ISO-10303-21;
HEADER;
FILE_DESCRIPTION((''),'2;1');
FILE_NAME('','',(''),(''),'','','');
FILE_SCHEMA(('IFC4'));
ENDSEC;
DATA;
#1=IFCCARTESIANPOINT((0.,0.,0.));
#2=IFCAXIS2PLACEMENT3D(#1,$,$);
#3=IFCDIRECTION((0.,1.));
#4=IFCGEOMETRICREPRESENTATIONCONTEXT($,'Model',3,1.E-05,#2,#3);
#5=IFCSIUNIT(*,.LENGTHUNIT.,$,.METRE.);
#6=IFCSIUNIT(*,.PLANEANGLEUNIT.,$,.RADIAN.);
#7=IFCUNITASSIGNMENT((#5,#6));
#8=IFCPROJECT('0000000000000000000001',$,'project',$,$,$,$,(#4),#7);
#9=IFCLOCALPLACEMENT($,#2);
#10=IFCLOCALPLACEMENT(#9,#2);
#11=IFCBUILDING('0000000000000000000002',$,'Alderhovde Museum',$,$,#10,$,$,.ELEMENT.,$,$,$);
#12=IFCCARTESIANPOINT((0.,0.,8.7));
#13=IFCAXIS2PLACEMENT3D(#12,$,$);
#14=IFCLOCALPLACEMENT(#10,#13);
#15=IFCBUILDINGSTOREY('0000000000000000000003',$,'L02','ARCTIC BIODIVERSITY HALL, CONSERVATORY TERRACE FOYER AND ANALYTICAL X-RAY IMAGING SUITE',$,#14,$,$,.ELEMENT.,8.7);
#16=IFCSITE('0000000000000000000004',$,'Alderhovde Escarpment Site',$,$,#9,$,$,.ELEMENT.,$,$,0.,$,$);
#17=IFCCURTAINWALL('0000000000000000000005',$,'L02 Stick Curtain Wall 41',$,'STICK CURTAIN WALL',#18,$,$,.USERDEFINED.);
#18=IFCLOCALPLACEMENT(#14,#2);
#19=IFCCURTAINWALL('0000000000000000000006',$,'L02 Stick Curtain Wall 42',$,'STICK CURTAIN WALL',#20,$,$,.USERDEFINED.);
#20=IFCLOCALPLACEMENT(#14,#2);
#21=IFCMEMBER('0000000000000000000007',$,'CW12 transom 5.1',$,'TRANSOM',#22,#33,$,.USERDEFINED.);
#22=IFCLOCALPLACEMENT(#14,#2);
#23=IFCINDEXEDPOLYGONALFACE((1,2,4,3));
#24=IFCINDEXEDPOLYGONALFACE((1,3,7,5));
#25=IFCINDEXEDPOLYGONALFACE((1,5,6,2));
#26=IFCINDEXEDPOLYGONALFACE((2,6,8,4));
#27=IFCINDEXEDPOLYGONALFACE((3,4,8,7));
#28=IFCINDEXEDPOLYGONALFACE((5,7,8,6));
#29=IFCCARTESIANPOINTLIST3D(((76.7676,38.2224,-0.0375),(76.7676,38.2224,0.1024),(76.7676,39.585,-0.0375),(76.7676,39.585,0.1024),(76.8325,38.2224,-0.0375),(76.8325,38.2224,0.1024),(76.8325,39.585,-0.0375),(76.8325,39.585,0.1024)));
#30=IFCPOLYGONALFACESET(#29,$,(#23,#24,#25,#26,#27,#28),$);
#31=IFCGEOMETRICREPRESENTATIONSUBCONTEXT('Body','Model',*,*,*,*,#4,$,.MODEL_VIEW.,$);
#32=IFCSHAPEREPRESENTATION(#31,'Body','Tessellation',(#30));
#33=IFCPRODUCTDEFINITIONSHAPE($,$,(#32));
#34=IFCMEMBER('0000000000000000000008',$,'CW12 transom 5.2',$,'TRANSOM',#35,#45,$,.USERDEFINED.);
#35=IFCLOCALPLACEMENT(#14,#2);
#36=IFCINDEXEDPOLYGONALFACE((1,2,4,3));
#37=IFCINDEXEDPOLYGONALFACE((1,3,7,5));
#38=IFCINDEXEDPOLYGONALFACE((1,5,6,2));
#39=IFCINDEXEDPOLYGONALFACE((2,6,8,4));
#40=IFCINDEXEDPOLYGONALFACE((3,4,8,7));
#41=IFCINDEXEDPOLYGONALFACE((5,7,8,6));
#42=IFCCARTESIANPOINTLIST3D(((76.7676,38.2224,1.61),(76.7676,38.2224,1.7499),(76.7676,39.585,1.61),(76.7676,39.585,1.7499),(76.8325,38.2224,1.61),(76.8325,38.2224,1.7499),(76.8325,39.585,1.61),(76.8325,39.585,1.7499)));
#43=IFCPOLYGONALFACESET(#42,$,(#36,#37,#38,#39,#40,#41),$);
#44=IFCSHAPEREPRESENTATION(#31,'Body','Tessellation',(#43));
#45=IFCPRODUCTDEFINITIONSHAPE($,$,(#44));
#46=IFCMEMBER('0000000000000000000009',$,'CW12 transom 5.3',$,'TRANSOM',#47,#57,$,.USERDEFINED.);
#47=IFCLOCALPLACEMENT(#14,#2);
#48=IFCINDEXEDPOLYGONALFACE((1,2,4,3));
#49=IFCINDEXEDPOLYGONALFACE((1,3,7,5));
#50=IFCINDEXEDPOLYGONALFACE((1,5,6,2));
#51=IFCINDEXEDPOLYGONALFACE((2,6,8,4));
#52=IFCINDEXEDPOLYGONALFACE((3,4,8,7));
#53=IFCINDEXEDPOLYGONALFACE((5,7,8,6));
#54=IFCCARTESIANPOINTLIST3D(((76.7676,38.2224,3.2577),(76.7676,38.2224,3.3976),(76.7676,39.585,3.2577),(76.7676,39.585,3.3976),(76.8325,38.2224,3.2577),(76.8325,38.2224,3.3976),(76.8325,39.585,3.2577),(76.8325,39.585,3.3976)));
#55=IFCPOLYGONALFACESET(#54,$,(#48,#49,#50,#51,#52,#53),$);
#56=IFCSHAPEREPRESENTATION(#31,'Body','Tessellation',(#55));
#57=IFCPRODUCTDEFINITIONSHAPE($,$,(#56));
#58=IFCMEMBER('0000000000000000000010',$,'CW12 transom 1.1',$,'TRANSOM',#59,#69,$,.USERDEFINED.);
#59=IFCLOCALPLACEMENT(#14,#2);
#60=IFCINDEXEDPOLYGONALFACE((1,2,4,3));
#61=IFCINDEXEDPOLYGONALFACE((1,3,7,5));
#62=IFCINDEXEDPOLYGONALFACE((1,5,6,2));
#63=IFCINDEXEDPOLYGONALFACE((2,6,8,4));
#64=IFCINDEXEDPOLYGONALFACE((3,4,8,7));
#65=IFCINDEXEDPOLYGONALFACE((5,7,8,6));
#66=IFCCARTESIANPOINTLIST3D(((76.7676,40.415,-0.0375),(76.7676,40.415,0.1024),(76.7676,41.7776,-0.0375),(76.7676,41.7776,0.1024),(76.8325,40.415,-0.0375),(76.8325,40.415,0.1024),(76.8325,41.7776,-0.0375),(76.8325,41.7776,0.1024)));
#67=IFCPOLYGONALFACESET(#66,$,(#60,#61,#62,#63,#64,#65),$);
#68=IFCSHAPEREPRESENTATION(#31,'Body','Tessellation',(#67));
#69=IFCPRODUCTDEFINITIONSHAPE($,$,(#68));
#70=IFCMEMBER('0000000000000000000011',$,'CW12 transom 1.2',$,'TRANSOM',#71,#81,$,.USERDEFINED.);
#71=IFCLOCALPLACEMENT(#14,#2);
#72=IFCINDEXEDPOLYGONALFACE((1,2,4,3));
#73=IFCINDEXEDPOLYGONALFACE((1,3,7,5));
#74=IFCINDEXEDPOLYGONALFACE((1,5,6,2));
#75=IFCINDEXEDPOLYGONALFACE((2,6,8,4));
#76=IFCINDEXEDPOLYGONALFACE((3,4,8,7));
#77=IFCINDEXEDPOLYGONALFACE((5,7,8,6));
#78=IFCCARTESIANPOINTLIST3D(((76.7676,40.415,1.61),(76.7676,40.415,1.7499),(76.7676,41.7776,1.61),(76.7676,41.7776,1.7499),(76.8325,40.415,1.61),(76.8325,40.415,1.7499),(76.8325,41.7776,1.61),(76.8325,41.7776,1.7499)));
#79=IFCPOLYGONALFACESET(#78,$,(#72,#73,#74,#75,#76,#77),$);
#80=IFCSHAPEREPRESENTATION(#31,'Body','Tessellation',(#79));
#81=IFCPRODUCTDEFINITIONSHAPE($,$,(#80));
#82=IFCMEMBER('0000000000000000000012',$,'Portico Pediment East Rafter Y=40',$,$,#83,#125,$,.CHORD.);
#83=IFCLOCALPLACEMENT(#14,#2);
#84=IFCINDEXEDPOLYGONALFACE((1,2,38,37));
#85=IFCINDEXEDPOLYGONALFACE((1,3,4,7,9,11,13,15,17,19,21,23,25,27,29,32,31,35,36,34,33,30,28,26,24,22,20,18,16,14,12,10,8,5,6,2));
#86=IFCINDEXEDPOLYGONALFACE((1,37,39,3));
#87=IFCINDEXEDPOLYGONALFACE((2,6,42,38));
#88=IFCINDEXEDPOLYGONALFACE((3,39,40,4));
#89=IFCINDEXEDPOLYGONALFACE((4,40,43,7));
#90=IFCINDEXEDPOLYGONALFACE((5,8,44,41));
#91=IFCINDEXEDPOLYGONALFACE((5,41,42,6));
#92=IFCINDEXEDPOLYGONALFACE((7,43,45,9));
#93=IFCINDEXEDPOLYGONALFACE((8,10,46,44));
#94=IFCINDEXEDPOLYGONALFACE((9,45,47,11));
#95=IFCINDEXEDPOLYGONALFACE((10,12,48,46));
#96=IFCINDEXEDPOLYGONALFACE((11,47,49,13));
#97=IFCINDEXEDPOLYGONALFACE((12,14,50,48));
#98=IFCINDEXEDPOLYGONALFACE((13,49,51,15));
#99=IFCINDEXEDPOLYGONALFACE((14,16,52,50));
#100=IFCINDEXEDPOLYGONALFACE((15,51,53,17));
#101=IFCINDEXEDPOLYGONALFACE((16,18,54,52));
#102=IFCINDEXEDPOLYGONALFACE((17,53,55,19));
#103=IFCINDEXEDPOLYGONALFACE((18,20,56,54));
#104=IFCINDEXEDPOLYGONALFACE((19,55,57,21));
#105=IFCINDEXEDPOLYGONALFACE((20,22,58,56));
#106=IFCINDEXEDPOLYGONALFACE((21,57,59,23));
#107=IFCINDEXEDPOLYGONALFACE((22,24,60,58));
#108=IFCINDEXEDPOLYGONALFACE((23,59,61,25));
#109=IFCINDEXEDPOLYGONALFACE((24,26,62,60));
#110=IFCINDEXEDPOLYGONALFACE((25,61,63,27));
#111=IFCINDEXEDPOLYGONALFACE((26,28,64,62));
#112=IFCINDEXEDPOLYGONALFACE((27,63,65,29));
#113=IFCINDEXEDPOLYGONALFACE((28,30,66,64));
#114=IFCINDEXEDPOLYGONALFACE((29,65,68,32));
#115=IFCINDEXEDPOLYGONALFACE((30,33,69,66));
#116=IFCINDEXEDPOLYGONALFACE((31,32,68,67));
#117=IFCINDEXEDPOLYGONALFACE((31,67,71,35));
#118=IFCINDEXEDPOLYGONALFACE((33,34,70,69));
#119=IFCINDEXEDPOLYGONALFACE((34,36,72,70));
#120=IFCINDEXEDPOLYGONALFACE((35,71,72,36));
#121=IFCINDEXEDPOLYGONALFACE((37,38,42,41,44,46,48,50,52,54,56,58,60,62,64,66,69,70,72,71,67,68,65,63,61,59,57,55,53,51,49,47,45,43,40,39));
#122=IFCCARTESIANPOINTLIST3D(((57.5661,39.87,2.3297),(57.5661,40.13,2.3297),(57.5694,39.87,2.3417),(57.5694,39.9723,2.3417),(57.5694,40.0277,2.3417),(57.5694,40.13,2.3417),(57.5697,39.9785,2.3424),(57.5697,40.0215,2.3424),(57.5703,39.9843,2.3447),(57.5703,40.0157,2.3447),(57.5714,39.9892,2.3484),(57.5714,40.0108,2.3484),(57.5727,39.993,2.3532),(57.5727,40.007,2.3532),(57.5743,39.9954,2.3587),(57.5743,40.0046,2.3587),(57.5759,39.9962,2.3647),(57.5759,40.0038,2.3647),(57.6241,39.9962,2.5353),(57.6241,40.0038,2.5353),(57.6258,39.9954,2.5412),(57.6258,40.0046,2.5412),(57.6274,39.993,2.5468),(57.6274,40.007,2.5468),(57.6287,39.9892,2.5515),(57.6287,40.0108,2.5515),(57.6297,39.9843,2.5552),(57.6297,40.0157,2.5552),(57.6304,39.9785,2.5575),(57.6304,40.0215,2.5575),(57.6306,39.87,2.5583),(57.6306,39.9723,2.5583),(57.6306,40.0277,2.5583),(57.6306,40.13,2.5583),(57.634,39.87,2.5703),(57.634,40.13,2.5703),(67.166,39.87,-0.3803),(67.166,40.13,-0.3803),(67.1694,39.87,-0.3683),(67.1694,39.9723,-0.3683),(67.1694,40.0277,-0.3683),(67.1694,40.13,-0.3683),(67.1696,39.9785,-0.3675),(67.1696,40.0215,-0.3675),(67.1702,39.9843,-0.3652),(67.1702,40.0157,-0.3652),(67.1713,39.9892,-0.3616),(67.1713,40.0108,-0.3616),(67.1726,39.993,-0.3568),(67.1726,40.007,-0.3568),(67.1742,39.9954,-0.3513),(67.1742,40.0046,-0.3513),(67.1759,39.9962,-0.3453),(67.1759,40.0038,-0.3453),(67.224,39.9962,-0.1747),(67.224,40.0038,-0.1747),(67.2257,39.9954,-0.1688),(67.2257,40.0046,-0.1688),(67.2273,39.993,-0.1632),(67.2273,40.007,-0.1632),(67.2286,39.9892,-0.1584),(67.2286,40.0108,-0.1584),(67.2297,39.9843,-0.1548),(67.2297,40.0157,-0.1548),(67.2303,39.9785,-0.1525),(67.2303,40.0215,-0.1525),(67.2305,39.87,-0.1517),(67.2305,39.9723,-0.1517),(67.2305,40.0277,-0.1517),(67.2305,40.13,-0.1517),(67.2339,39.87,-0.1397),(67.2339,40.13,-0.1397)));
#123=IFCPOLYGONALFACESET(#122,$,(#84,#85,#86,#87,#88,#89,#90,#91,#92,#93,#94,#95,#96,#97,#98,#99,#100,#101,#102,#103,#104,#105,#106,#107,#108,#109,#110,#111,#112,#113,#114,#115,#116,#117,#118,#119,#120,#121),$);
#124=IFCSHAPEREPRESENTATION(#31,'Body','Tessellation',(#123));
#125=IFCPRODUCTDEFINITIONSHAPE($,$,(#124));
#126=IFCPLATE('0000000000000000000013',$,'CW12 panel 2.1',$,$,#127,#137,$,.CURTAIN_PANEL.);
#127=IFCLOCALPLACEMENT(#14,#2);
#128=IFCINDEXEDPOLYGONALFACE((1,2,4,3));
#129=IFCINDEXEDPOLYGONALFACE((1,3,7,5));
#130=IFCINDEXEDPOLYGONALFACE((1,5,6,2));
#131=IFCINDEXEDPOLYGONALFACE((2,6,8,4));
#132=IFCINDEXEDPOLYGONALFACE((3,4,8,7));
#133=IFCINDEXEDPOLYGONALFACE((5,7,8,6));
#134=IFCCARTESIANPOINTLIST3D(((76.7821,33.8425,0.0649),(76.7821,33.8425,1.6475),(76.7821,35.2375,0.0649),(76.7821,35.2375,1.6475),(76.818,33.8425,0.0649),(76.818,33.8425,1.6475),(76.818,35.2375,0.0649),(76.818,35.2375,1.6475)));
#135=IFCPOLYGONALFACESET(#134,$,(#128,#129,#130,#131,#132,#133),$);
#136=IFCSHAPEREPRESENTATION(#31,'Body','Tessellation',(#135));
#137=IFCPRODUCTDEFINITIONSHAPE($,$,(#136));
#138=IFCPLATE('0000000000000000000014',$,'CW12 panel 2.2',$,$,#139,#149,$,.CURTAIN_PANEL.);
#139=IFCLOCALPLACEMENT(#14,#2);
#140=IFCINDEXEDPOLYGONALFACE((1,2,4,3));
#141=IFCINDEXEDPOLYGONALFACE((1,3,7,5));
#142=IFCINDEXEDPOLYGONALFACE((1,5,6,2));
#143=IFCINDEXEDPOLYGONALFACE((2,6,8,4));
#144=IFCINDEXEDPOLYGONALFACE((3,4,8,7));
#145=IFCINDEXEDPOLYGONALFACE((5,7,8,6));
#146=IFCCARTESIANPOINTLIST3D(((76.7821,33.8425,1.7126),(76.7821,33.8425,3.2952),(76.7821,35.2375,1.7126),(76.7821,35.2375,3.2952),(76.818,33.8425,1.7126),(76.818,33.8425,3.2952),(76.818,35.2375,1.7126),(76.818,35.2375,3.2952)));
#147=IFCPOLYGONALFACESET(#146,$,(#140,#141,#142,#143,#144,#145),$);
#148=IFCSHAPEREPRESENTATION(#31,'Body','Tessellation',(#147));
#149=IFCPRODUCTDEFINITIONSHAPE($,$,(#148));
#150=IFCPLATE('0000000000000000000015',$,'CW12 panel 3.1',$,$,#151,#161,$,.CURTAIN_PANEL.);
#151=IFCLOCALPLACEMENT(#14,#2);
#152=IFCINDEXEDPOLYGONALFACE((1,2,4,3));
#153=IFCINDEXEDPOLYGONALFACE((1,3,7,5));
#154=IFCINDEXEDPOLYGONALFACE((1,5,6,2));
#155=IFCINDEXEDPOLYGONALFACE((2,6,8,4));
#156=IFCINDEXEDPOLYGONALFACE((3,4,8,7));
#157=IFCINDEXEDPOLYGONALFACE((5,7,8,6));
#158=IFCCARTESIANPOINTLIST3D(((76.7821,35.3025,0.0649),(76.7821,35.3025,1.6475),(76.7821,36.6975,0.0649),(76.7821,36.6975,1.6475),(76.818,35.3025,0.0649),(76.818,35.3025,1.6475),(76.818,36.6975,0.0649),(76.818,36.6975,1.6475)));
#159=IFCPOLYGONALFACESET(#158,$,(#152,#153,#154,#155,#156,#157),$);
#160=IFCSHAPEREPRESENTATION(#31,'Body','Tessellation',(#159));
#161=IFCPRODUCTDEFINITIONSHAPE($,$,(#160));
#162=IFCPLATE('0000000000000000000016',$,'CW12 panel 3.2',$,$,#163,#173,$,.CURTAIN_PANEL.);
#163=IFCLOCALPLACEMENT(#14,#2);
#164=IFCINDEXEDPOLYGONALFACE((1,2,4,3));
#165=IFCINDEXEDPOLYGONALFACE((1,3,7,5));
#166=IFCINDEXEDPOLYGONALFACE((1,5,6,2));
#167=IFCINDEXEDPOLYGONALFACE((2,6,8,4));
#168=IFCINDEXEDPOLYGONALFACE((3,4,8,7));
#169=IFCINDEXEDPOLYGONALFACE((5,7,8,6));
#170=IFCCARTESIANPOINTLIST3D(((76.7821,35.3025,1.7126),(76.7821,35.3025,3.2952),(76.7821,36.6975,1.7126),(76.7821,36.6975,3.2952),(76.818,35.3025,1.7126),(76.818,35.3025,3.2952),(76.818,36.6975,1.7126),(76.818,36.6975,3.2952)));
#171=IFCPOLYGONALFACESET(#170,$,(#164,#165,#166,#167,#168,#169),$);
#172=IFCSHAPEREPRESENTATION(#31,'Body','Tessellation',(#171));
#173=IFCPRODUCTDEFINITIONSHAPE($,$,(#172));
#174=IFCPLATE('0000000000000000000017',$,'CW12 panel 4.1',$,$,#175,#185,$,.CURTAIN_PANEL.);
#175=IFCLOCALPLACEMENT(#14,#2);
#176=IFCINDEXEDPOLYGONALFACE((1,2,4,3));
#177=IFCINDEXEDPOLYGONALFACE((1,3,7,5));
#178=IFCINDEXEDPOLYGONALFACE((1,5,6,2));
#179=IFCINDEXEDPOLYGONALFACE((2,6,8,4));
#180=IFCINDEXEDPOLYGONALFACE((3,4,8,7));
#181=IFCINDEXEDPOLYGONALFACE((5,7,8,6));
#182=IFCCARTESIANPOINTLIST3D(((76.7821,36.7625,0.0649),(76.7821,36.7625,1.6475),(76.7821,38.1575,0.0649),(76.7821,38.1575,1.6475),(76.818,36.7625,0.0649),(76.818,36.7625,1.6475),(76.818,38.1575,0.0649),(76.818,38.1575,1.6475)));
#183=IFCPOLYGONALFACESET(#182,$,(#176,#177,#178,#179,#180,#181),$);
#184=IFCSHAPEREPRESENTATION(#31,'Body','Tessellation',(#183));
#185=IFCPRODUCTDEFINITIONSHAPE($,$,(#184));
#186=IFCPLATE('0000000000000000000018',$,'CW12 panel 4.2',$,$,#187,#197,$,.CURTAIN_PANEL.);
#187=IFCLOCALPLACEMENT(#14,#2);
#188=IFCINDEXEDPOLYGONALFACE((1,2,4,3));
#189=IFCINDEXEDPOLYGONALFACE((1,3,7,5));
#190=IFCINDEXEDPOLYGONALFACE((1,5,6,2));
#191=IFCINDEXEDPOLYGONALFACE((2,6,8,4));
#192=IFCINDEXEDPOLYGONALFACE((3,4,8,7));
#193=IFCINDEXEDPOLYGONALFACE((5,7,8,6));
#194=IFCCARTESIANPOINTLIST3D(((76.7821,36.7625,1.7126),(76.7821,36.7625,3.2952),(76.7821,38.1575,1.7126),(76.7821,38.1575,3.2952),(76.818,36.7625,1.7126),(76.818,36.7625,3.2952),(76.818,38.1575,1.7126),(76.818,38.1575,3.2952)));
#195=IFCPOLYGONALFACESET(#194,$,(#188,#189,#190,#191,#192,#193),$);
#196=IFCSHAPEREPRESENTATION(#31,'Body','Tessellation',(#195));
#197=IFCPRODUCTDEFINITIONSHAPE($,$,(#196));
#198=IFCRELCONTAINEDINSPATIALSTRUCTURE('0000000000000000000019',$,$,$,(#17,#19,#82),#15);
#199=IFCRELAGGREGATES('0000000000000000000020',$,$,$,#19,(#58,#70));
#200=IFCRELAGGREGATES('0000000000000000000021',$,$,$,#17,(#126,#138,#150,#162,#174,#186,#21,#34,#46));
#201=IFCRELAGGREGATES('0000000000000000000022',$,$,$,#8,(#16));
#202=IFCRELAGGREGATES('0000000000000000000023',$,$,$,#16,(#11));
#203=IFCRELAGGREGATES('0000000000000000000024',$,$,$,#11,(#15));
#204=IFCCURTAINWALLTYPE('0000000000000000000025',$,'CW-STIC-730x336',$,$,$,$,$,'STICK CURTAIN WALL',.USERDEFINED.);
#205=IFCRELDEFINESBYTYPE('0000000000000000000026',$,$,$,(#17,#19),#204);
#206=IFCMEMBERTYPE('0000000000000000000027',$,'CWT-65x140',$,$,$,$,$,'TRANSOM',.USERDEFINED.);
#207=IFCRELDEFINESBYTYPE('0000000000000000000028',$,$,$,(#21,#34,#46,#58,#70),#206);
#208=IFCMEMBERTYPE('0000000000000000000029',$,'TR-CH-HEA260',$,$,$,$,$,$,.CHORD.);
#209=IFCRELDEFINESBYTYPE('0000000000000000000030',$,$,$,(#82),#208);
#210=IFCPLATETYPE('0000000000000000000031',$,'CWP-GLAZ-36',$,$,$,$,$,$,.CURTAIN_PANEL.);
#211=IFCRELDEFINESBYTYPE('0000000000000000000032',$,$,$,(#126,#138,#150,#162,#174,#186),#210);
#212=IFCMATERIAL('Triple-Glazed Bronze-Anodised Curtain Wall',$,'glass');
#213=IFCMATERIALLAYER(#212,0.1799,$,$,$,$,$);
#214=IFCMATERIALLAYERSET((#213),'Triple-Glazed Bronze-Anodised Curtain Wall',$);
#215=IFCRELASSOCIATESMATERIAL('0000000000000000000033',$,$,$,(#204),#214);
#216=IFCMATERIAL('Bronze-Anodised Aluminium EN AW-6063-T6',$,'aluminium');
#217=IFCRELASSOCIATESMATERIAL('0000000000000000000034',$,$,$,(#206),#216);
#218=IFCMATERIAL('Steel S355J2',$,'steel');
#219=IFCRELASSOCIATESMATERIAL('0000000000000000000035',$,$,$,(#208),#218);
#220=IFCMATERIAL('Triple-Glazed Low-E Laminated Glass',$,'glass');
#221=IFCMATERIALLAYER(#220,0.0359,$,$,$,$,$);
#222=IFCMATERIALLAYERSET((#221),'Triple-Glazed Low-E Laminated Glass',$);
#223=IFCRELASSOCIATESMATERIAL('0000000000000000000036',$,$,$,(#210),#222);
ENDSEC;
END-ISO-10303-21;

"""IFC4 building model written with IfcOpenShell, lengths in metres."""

from ifc_helpers import new_model, si_unit, direction, frame, origin, origin_2d, place, context, subcontext, project, spatial, rectangle, i_section, extrude, material, layer, layer_set, material_profile, profile_set, type_object, element, aggregate, save


model = new_model("IFC4")

# Units and contexts
model_context = context("Model", 3, precision=1e-05, world=origin(), true_north=direction((0.0, 1.0)))
body_context = subcontext(model_context, "Body", "Model", "MODEL_VIEW")
ifc_project = project(units=[si_unit("LENGTHUNIT", "METRE"), si_unit("PLANEANGLEUNIT", "RADIAN")], contexts=[model_context])

# Site, building, storey
site_placement = place(None, origin())
site = spatial("IfcSite", under=ifc_project, at=site_placement, Name="Alderhovde Escarpment Site", CompositionType="ELEMENT", RefElevation=0.0)
building_placement = place(site_placement, origin())
building = spatial("IfcBuilding", under=site, at=building_placement, Name="Alderhovde Museum", CompositionType="ELEMENT")
storey_placement = place(building_placement, frame((0.0, 0.0, 8.7)))
storey = spatial("IfcBuildingStorey", under=building, at=storey_placement, Name="L02", Description="ARCTIC BIODIVERSITY HALL, CONSERVATORY TERRACE FOYER AND ANALYTICAL X-RAY IMAGING SUITE", CompositionType="ELEMENT", Elevation=8.7)

# Curtain wall
ifc_material_1 = material(Name="Triple-Glazed Bronze-Anodised Curtain Wall", Category="glass")
ifc_layer_1 = layer(ifc_material_1, 0.1799)
ifc_layer_set_1 = layer_set([ifc_layer_1], Name="Triple-Glazed Bronze-Anodised Curtain Wall")
curtain_wall_type = type_object("IfcCurtainWallType", Name="CW-STIC-730x336", ElementType="STICK CURTAIN WALL", PredefinedType="USERDEFINED", material=ifc_layer_set_1)
curtain_wall_1_placement = place(storey_placement, origin())
curtain_wall_1 = element("IfcCurtainWall", 1, at=curtain_wall_1_placement, inside=storey, type_object=curtain_wall_type, Name="L02 Stick Curtain Wall 41", ObjectType="STICK CURTAIN WALL", PredefinedType="USERDEFINED")

# Curtain wall
curtain_wall_2_placement = place(storey_placement, origin())
curtain_wall_2 = element("IfcCurtainWall", 2, at=curtain_wall_2_placement, inside=storey, type_object=curtain_wall_type, Name="L02 Stick Curtain Wall 42", ObjectType="STICK CURTAIN WALL", PredefinedType="USERDEFINED")

# Members
ifc_material_2 = material(Name="Bronze-Anodised Aluminium EN AW-6063-T6", Category="aluminium")
ifc_material_profile_1 = material_profile(ifc_material_2, rectangle(XDim=0.0649, YDim=0.1399, at=origin_2d()), Name="TRANSOM 65x140")
ifc_profile_set_1 = profile_set([ifc_material_profile_1], Name="Bronze-Anodised Aluminium EN AW-6063-T6")
member_type_1 = type_object("IfcMemberType", Name="CWT-65x140", ElementType="TRANSOM", PredefinedType="USERDEFINED", material=ifc_profile_set_1)
member_1_placement = place(storey_placement, frame((76.8, 38.2224, 0.0325), z_axis=(0.0, 1.0, 0.0), x_axis=(-1.0, 0.0, 0.0)))
member_1 = element("IfcMember", 3, at=member_1_placement, type_object=member_type_1, Name="CW12 transom 5.1", ObjectType="TRANSOM", PredefinedType="USERDEFINED", context=body_context, shape_type="SweptSolid", body=[
    extrude(rectangle(XDim=0.0649, YDim=0.1399, at=origin_2d()), origin(), (0.0, 0.0, 1.0), 1.3625),
])
member_2_placement = place(storey_placement, frame((76.8, 38.2224, 1.6799), z_axis=(0.0, 1.0, 0.0), x_axis=(-1.0, 0.0, 0.0)))
member_2 = element("IfcMember", 4, at=member_2_placement, type_object=member_type_1, Name="CW12 transom 5.2", ObjectType="TRANSOM", PredefinedType="USERDEFINED", context=body_context, shape_type="SweptSolid", body=[
    extrude(rectangle(XDim=0.0649, YDim=0.1399, at=origin_2d()), origin(), (0.0, 0.0, 1.0), 1.3625),
])
member_3_placement = place(storey_placement, frame((76.8, 38.2224, 3.3276), z_axis=(0.0, 1.0, 0.0), x_axis=(-1.0, 0.0, 0.0)))
member_3 = element("IfcMember", 5, at=member_3_placement, type_object=member_type_1, Name="CW12 transom 5.3", ObjectType="TRANSOM", PredefinedType="USERDEFINED", context=body_context, shape_type="SweptSolid", body=[
    extrude(rectangle(XDim=0.0649, YDim=0.1399, at=origin_2d()), origin(), (0.0, 0.0, 1.0), 1.3625),
])
member_4_placement = place(storey_placement, frame((76.8, 40.415, 0.0325), z_axis=(0.0, 1.0, 0.0), x_axis=(-1.0, 0.0, 0.0)))
member_4 = element("IfcMember", 6, at=member_4_placement, type_object=member_type_1, Name="CW12 transom 1.1", ObjectType="TRANSOM", PredefinedType="USERDEFINED", context=body_context, shape_type="SweptSolid", body=[
    extrude(rectangle(XDim=0.0649, YDim=0.1399, at=origin_2d()), origin(), (0.0, 0.0, 1.0), 1.3625),
])
member_5_placement = place(storey_placement, frame((76.8, 40.415, 1.6799), z_axis=(0.0, 1.0, 0.0), x_axis=(-1.0, 0.0, 0.0)))
member_5 = element("IfcMember", 7, at=member_5_placement, type_object=member_type_1, Name="CW12 transom 1.2", ObjectType="TRANSOM", PredefinedType="USERDEFINED", context=body_context, shape_type="SweptSolid", body=[
    extrude(rectangle(XDim=0.0649, YDim=0.1399, at=origin_2d()), origin(), (0.0, 0.0, 1.0), 1.3625),
])
aggregate(curtain_wall_2, [member_4, member_5])
ifc_material_3 = material(Name="Steel S355J2", Category="steel")
ifc_material_profile_2 = material_profile(ifc_material_3, i_section(OverallWidth=0.26, OverallDepth=0.25, WebThickness=0.0076, FlangeThickness=0.0125, FilletRadius=0.0239, at=origin_2d()), Name="HEA 260")
ifc_profile_set_2 = profile_set([ifc_material_profile_2], Name="Steel S355J2")
member_type_2 = type_object("IfcMemberType", Name="TR-CH-HEA260", PredefinedType="CHORD", material=ifc_profile_set_2)
member_6_placement = place(storey_placement, frame((67.2, 40.0, -0.26), z_axis=(-0.962389, 0.0, 0.271675), x_axis=(0.0, -1.0, 0.0)))
element("IfcMember", 8, at=member_6_placement, inside=storey, type_object=member_type_2, Name="Portico Pediment East Rafter Y=40", PredefinedType="CHORD", context=body_context, shape_type="SweptSolid", body=[
    extrude(i_section(OverallWidth=0.26, OverallDepth=0.25, WebThickness=0.0076, FlangeThickness=0.0125, FilletRadius=0.0239, at=origin_2d()), origin(), (0.0, 0.0, 1.0), 9.9751),
])

# Plates
ifc_material_4 = material(Name="Triple-Glazed Low-E Laminated Glass", Category="glass")
ifc_layer_2 = layer(ifc_material_4, 0.0359)
ifc_layer_set_2 = layer_set([ifc_layer_2], Name="Triple-Glazed Low-E Laminated Glass")
plate_type = type_object("IfcPlateType", Name="CWP-GLAZ-36", PredefinedType="CURTAIN_PANEL", material=ifc_layer_set_2)
plate_1_placement = place(storey_placement, frame((76.8, 34.54, 0.0649), z_axis=(0.0, 0.0, 1.0), x_axis=(0.0, 1.0, 0.0)))
plate_1 = element("IfcPlate", 9, at=plate_1_placement, type_object=plate_type, Name="CW12 panel 2.1", PredefinedType="CURTAIN_PANEL", context=body_context, shape_type="SweptSolid", body=[
    extrude(rectangle(XDim=1.395, YDim=0.0359, at=origin_2d()), origin(), (0.0, 0.0, 1.0), 1.5825),
])
plate_2_placement = place(storey_placement, frame((76.8, 34.54, 1.7126), z_axis=(0.0, 0.0, 1.0), x_axis=(0.0, 1.0, 0.0)))
plate_2 = element("IfcPlate", 10, at=plate_2_placement, type_object=plate_type, Name="CW12 panel 2.2", PredefinedType="CURTAIN_PANEL", context=body_context, shape_type="SweptSolid", body=[
    extrude(rectangle(XDim=1.395, YDim=0.0359, at=origin_2d()), origin(), (0.0, 0.0, 1.0), 1.5825),
])
plate_3_placement = place(storey_placement, frame((76.8, 36.0, 0.0649), z_axis=(0.0, 0.0, 1.0), x_axis=(0.0, 1.0, 0.0)))
plate_3 = element("IfcPlate", 11, at=plate_3_placement, type_object=plate_type, Name="CW12 panel 3.1", PredefinedType="CURTAIN_PANEL", context=body_context, shape_type="SweptSolid", body=[
    extrude(rectangle(XDim=1.395, YDim=0.0359, at=origin_2d()), origin(), (0.0, 0.0, 1.0), 1.5825),
])
plate_4_placement = place(storey_placement, frame((76.8, 36.0, 1.7126), z_axis=(0.0, 0.0, 1.0), x_axis=(0.0, 1.0, 0.0)))
plate_4 = element("IfcPlate", 12, at=plate_4_placement, type_object=plate_type, Name="CW12 panel 3.2", PredefinedType="CURTAIN_PANEL", context=body_context, shape_type="SweptSolid", body=[
    extrude(rectangle(XDim=1.395, YDim=0.0359, at=origin_2d()), origin(), (0.0, 0.0, 1.0), 1.5825),
])
plate_5_placement = place(storey_placement, frame((76.8, 37.46, 0.0649), z_axis=(0.0, 0.0, 1.0), x_axis=(0.0, 1.0, 0.0)))
plate_5 = element("IfcPlate", 13, at=plate_5_placement, type_object=plate_type, Name="CW12 panel 4.1", PredefinedType="CURTAIN_PANEL", context=body_context, shape_type="SweptSolid", body=[
    extrude(rectangle(XDim=1.395, YDim=0.0359, at=origin_2d()), origin(), (0.0, 0.0, 1.0), 1.5825),
])
plate_6_placement = place(storey_placement, frame((76.8, 37.46, 1.7126), z_axis=(0.0, 0.0, 1.0), x_axis=(0.0, 1.0, 0.0)))
plate_6 = element("IfcPlate", 14, at=plate_6_placement, type_object=plate_type, Name="CW12 panel 4.2", PredefinedType="CURTAIN_PANEL", context=body_context, shape_type="SweptSolid", body=[
    extrude(rectangle(XDim=1.395, YDim=0.0359, at=origin_2d()), origin(), (0.0, 0.0, 1.0), 1.5825),
])
aggregate(curtain_wall_1, [plate_1, plate_2, plate_3, plate_4, plate_5, plate_6, member_1, member_2, member_3])

save(model, "model.ifc")
